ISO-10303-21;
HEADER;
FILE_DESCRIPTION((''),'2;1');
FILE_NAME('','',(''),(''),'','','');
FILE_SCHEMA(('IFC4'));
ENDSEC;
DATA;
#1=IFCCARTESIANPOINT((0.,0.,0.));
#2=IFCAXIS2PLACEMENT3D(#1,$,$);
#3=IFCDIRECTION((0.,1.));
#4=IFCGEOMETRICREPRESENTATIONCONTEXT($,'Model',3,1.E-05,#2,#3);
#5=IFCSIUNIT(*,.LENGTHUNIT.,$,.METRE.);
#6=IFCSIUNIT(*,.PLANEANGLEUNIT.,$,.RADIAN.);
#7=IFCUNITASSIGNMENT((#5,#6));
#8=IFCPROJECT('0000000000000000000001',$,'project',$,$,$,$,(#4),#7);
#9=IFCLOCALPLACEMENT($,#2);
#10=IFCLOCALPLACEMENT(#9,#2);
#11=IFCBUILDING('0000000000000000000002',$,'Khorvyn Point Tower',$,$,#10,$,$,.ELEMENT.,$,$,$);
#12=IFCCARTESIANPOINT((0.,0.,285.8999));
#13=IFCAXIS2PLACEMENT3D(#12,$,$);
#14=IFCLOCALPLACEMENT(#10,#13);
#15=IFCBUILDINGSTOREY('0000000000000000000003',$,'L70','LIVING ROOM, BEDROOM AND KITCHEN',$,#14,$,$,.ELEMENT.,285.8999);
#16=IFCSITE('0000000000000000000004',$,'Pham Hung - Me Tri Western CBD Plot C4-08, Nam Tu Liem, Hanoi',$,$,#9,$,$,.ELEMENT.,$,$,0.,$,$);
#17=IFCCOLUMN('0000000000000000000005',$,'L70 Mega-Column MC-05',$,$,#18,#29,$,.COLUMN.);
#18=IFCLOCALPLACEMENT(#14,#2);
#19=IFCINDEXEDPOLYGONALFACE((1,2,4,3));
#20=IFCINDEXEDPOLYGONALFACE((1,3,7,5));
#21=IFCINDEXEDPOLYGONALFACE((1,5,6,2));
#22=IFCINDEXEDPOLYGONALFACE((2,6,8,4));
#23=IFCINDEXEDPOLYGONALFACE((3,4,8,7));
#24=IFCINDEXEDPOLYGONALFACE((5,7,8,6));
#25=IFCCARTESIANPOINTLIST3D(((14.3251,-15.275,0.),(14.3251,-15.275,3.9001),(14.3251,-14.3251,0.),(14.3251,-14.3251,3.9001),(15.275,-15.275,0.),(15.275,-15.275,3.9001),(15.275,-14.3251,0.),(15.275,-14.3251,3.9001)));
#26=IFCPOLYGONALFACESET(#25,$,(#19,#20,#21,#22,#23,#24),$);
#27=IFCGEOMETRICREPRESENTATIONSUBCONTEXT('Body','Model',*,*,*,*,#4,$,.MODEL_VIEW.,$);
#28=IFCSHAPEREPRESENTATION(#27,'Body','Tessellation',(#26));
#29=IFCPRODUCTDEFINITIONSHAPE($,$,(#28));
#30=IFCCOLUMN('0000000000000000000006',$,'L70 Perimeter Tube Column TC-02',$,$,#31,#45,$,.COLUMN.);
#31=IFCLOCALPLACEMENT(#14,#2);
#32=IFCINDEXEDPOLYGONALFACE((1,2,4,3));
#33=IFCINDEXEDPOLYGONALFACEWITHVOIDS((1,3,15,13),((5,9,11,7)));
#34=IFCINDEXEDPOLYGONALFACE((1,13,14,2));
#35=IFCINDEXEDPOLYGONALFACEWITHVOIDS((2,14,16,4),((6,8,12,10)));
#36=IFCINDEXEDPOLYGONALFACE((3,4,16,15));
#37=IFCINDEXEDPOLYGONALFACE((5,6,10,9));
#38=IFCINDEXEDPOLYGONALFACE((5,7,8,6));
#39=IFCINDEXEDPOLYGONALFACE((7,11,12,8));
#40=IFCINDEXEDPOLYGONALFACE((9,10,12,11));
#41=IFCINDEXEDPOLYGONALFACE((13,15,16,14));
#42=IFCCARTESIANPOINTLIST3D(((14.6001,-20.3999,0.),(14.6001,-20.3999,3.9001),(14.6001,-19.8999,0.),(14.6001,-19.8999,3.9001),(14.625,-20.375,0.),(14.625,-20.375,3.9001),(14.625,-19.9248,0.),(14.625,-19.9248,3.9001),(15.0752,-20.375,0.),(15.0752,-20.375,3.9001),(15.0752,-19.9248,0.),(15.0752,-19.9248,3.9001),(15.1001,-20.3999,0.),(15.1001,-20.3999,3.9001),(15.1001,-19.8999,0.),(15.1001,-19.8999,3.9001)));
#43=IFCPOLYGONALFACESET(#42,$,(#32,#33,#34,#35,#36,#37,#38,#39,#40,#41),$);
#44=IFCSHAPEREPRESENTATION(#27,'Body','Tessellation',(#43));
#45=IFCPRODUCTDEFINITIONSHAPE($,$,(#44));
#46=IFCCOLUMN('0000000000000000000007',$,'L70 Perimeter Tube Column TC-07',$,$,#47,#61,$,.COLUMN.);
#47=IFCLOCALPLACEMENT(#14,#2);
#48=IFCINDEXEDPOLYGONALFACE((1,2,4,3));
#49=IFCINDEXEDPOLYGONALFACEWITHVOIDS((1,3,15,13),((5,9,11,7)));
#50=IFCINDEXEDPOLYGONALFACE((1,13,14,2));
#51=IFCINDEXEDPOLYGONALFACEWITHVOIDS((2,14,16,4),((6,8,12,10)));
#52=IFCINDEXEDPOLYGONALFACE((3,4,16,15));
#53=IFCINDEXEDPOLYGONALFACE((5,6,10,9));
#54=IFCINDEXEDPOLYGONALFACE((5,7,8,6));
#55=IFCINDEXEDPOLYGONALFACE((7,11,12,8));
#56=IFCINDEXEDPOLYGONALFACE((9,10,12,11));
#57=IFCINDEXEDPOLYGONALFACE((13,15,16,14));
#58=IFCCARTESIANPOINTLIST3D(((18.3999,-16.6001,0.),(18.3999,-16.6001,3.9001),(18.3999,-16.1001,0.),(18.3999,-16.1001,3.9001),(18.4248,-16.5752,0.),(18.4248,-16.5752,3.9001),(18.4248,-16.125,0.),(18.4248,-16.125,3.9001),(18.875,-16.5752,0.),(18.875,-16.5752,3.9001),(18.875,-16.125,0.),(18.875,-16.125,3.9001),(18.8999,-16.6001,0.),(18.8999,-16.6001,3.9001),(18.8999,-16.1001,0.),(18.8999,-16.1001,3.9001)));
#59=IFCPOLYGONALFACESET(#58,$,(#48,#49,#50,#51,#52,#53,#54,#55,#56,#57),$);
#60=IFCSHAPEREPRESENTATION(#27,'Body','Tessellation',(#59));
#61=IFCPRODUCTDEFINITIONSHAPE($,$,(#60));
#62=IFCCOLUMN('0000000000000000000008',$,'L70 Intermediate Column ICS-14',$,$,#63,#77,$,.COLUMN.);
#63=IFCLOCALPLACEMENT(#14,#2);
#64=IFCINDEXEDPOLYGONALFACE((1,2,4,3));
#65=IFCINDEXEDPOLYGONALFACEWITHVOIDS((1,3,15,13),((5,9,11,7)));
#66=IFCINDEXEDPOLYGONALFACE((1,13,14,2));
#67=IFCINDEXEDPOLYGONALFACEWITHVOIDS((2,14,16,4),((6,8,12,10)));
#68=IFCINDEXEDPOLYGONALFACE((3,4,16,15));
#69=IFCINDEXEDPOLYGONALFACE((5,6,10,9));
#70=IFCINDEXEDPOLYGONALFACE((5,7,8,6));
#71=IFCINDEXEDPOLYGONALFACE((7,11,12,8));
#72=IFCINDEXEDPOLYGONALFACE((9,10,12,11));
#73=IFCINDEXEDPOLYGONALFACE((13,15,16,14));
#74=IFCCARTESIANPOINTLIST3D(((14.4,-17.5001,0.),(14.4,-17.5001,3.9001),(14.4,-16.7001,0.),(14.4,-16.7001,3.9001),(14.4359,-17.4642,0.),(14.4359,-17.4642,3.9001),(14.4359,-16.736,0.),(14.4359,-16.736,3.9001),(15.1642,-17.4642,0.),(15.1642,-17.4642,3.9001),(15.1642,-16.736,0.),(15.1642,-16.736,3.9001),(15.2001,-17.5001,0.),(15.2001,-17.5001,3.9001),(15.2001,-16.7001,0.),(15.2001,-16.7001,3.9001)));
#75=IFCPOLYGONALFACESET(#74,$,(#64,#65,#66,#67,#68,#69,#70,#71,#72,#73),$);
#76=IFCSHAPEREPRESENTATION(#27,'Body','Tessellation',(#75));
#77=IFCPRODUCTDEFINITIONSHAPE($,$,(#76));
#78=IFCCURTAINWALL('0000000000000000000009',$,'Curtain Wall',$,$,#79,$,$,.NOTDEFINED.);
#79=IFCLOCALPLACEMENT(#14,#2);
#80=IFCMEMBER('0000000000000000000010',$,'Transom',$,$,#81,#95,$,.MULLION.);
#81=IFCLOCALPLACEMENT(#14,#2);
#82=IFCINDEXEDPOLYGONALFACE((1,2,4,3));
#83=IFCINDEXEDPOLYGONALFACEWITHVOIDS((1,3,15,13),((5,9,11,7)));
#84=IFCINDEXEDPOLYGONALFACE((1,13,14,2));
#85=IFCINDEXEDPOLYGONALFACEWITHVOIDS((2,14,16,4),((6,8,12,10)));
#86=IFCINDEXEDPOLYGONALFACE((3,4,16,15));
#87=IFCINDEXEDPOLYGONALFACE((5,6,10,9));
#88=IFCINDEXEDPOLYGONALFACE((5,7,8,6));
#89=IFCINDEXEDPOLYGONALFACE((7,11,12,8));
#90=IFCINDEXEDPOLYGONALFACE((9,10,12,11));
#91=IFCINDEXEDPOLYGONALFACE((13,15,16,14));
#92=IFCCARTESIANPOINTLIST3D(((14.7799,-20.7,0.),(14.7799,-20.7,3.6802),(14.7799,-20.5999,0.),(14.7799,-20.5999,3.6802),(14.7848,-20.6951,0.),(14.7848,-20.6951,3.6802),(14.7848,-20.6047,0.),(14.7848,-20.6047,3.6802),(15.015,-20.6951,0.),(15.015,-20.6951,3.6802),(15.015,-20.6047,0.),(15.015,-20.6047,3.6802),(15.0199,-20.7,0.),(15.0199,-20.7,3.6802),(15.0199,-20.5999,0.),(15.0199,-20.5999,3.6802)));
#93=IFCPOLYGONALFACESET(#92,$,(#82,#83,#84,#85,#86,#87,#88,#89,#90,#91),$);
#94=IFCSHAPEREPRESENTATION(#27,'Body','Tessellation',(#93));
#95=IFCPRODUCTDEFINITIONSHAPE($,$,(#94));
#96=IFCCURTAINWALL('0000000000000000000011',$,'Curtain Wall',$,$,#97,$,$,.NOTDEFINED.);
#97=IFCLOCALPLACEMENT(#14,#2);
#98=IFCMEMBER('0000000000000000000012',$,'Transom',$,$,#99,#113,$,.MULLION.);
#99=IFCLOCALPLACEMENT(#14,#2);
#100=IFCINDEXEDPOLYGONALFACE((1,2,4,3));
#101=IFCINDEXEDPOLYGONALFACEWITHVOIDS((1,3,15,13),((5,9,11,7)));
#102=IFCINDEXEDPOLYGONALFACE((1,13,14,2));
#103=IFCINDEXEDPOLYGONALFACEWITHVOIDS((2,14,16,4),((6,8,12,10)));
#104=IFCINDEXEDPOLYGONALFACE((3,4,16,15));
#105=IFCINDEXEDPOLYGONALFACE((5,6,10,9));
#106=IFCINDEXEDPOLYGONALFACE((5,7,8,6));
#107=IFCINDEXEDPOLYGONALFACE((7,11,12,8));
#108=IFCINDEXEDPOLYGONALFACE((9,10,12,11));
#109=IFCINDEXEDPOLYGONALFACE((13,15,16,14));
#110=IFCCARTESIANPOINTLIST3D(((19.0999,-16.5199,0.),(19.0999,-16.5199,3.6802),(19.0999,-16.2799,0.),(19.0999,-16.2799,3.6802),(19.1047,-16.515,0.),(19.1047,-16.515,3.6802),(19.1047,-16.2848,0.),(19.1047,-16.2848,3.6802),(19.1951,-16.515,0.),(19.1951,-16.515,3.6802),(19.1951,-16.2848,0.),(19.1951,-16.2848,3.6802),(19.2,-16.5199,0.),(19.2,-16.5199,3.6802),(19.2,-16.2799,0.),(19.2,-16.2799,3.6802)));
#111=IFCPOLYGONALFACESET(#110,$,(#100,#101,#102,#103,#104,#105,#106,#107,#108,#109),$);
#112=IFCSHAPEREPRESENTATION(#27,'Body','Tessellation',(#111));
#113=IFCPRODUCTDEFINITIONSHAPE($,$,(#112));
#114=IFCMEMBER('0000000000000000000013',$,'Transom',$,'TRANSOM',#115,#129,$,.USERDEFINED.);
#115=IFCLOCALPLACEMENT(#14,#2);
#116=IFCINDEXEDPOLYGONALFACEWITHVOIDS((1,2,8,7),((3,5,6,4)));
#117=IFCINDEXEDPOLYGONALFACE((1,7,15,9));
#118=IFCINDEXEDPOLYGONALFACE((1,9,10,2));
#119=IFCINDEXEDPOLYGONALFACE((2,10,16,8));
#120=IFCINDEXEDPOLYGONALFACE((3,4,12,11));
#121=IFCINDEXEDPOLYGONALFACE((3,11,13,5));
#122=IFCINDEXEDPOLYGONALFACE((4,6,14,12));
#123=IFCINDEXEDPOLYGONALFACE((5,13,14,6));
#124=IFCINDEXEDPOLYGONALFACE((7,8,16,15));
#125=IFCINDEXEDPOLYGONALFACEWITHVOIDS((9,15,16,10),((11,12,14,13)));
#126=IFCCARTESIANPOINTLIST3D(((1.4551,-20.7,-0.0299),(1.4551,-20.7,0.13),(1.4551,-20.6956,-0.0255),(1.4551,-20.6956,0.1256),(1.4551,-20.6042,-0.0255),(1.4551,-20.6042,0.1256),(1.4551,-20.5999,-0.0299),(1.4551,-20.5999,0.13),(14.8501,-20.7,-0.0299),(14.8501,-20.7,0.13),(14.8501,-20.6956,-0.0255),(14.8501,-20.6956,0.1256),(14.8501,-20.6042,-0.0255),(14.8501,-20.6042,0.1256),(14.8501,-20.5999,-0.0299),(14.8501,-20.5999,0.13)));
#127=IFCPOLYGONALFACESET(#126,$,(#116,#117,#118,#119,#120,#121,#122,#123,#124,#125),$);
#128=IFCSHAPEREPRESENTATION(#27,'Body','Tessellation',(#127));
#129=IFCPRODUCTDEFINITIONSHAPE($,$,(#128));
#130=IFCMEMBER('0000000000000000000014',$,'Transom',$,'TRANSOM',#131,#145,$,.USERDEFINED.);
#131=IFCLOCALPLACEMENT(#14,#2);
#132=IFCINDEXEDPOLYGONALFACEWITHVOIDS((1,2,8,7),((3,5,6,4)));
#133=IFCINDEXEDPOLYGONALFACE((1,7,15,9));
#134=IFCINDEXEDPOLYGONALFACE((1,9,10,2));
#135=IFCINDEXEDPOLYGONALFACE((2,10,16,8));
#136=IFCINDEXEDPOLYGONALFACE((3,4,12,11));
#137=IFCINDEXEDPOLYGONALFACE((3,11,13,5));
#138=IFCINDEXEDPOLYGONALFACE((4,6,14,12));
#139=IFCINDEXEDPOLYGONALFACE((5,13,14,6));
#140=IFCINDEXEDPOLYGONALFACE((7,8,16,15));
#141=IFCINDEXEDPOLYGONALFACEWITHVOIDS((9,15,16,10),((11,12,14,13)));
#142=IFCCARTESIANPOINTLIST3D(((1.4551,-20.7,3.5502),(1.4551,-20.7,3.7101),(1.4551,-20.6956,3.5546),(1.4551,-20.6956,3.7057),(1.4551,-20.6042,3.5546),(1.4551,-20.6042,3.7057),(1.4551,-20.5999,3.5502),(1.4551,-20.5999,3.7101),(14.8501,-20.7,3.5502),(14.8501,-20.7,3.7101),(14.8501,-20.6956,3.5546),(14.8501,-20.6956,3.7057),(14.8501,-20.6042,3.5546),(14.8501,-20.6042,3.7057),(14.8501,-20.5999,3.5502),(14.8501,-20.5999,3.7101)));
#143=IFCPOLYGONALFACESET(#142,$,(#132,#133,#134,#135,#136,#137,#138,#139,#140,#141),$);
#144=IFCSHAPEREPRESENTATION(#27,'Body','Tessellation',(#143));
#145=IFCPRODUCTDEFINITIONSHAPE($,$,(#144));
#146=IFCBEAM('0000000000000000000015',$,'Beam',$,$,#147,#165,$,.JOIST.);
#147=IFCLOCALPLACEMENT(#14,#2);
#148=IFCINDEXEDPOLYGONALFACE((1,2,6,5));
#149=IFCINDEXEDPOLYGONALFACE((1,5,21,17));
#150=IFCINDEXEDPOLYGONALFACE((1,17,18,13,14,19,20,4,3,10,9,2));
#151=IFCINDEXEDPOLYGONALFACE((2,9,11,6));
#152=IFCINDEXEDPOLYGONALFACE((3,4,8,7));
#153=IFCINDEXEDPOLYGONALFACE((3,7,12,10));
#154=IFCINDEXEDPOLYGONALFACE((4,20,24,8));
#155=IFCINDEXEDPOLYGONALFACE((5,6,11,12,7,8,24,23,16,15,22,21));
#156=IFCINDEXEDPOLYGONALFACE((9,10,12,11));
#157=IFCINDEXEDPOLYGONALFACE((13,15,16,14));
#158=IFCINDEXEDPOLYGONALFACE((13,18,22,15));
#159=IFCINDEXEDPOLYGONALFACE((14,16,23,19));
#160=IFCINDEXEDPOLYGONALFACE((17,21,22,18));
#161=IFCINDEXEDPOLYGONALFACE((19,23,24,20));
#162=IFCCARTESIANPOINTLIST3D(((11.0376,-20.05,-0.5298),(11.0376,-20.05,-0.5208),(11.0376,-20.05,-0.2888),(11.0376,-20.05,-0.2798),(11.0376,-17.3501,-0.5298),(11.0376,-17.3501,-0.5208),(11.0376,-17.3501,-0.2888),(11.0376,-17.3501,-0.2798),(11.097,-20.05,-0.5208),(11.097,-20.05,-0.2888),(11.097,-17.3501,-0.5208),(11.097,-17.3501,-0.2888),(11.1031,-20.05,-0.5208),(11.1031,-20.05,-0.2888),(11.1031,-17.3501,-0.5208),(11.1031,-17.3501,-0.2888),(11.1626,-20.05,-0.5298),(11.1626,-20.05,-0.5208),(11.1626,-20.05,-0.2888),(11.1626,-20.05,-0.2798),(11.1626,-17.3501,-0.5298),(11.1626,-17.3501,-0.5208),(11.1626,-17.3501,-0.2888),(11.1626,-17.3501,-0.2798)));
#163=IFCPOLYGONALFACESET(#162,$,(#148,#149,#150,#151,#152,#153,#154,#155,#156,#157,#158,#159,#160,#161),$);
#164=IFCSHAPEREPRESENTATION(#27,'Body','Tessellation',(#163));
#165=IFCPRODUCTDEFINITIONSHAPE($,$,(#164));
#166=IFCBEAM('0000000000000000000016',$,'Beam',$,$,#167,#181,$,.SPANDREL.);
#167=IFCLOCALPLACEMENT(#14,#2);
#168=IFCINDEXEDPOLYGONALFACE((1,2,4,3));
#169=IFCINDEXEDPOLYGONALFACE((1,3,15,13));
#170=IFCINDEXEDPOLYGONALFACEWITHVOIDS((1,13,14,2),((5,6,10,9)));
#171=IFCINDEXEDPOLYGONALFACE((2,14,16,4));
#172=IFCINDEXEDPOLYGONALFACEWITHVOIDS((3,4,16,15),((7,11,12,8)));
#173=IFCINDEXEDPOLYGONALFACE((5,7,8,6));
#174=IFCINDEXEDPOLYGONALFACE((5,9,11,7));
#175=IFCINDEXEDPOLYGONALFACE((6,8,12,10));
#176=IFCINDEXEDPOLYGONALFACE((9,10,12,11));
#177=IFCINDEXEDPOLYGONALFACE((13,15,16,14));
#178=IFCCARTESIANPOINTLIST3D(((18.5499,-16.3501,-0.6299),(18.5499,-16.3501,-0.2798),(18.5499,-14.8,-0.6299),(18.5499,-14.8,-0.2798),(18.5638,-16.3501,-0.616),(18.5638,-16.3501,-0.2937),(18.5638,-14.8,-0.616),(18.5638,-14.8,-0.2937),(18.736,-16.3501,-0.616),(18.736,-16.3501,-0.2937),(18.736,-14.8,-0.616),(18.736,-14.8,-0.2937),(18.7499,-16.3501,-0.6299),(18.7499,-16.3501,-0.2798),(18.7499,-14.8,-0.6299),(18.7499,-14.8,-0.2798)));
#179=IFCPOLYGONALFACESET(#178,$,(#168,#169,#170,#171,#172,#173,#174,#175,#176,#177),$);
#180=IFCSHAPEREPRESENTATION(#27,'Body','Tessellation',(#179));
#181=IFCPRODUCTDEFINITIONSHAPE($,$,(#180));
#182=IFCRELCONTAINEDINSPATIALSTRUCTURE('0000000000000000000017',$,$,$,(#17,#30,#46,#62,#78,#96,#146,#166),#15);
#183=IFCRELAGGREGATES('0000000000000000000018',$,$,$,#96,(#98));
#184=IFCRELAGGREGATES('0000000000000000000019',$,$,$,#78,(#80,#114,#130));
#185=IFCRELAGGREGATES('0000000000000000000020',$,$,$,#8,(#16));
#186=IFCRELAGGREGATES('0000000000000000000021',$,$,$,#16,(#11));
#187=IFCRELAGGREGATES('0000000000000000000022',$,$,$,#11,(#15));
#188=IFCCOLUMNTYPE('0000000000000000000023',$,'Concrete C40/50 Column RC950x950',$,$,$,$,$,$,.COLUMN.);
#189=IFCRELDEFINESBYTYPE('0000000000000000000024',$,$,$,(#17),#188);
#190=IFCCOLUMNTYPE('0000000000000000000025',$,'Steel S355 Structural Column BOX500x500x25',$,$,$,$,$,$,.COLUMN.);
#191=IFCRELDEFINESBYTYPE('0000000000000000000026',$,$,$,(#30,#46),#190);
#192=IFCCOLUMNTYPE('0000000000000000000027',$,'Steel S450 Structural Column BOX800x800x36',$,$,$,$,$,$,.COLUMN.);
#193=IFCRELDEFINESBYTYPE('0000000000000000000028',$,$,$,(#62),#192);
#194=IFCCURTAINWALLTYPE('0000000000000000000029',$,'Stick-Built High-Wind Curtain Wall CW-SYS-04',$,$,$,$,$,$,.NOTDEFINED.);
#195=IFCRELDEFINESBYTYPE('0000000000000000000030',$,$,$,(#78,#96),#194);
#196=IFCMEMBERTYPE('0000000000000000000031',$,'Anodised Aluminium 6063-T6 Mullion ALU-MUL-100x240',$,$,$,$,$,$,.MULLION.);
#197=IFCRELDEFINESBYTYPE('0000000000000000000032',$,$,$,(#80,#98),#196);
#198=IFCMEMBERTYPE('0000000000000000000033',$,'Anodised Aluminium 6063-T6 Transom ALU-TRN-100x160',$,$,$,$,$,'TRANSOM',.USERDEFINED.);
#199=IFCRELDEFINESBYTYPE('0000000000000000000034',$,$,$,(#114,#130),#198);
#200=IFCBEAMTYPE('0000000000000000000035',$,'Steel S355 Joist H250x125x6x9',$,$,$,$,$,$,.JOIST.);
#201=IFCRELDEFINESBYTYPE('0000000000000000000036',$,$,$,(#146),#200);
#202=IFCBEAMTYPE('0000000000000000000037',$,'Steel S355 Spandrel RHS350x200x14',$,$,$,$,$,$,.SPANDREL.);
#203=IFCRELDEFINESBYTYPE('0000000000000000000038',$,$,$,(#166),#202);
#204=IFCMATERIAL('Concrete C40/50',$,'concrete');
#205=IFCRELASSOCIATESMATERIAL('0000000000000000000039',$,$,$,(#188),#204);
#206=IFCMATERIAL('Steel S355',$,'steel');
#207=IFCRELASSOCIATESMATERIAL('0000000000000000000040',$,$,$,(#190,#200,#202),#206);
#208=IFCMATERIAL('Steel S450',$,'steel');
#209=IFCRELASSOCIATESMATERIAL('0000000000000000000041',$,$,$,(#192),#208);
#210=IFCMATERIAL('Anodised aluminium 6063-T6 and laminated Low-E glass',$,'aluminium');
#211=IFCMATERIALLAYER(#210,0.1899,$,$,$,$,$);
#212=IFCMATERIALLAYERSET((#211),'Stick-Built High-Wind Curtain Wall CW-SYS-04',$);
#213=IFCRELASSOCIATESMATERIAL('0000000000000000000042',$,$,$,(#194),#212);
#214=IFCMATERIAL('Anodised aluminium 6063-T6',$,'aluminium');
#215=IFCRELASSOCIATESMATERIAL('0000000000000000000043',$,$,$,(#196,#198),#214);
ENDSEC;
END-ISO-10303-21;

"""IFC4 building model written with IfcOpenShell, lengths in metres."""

from ifc_helpers import new_model, si_unit, direction, frame, origin, origin_2d, place, context, subcontext, project, spatial, rectangle, hollow_rectangle, i_section, extrude, material, layer, layer_set, material_profile, profile_set, type_object, element, aggregate, save


model = new_model("IFC4")

# Units and contexts
model_context = context("Model", 3, precision=1e-05, world=origin(), true_north=direction((0.0, 1.0)))
body_context = subcontext(model_context, "Body", "Model", "MODEL_VIEW")
ifc_project = project(units=[si_unit("LENGTHUNIT", "METRE"), si_unit("PLANEANGLEUNIT", "RADIAN")], contexts=[model_context])

# Site, building, storey
site_placement = place(None, origin())
site = spatial("IfcSite", under=ifc_project, at=site_placement, Name="Pham Hung - Me Tri Western CBD Plot C4-08, Nam Tu Liem, Hanoi", CompositionType="ELEMENT", RefElevation=0.0)
building_placement = place(site_placement, origin())
building = spatial("IfcBuilding", under=site, at=building_placement, Name="Khorvyn Point Tower", CompositionType="ELEMENT")
storey_placement = place(building_placement, frame((0.0, 0.0, 285.8999)))
storey = spatial("IfcBuildingStorey", under=building, at=storey_placement, Name="L70", Description="LIVING ROOM, BEDROOM AND KITCHEN", CompositionType="ELEMENT", Elevation=285.8999)

# Columns
ifc_material_1 = material(Name="Concrete C40/50", Category="concrete")
ifc_material_profile_1 = material_profile(ifc_material_1, rectangle(XDim=0.95, YDim=0.95, at=origin_2d()))
ifc_profile_set_1 = profile_set([ifc_material_profile_1], Name="Concrete C40/50 RC950x950")
column_type_1 = type_object("IfcColumnType", Name="Concrete C40/50 Column RC950x950", PredefinedType="COLUMN", material=ifc_profile_set_1)
column_1_placement = place(storey_placement, frame((14.8, -14.8, 0.0), z_axis=(0.0, 0.0, 1.0), x_axis=(1.0, 0.0, 0.0)))
element("IfcColumn", 1, at=column_1_placement, inside=storey, type_object=column_type_1, Name="L70 Mega-Column MC-05", PredefinedType="COLUMN", context=body_context, shape_type="SweptSolid", body=[
    extrude(rectangle(XDim=0.95, YDim=0.95, at=origin_2d()), origin(), (0.0, 0.0, 1.0), 3.9001),
])
ifc_material_2 = material(Name="Steel S355", Category="steel")
ifc_material_profile_2 = material_profile(ifc_material_2, hollow_rectangle(XDim=0.5, YDim=0.5, WallThickness=0.0249, at=origin_2d()))
ifc_profile_set_2 = profile_set([ifc_material_profile_2], Name="Steel S355 BOX500x500x25")
column_type_2 = type_object("IfcColumnType", Name="Steel S355 Structural Column BOX500x500x25", PredefinedType="COLUMN", material=ifc_profile_set_2)
for number, where, z_axis, x_axis, name in (
    (2, (14.8501, -20.1499, 0.0), (0.0, 0.0, 1.0), (1.0, 0.0, 0.0), "L70 Perimeter Tube Column TC-02"),
    (3, (18.6499, -16.3501, 0.0), (0.0, 0.0, 1.0), (1.0, 0.0, 0.0), "L70 Perimeter Tube Column TC-07"),
):
    element("IfcColumn", number, at=place(storey_placement, frame(where, z_axis=z_axis, x_axis=x_axis)), inside=storey, type_object=column_type_2, Name=name, PredefinedType="COLUMN", context=body_context, shape_type="SweptSolid", body=[
        extrude(hollow_rectangle(XDim=0.5, YDim=0.5, WallThickness=0.0249, at=origin_2d()), origin(), (0.0, 0.0, 1.0), 3.9001),
    ])
ifc_material_3 = material(Name="Steel S450", Category="steel")
ifc_material_profile_3 = material_profile(ifc_material_3, hollow_rectangle(XDim=0.8, YDim=0.8, WallThickness=0.0359, at=origin_2d()))
ifc_profile_set_3 = profile_set([ifc_material_profile_3], Name="Steel S450 BOX800x800x36")
column_type_3 = type_object("IfcColumnType", Name="Steel S450 Structural Column BOX800x800x36", PredefinedType="COLUMN", material=ifc_profile_set_3)
column_2_placement = place(storey_placement, frame((14.8, -17.1001, 0.0), z_axis=(0.0, 0.0, 1.0), x_axis=(1.0, 0.0, 0.0)))
element("IfcColumn", 4, at=column_2_placement, inside=storey, type_object=column_type_3, Name="L70 Intermediate Column ICS-14", PredefinedType="COLUMN", context=body_context, shape_type="SweptSolid", body=[
    extrude(hollow_rectangle(XDim=0.8, YDim=0.8, WallThickness=0.0359, at=origin_2d()), origin(), (0.0, 0.0, 1.0), 3.9001),
])

# Curtain walls, members
ifc_material_4 = material(Name="Anodised aluminium 6063-T6 and laminated Low-E glass", Category="aluminium")
ifc_layer_1 = layer(ifc_material_4, 0.1899)
ifc_layer_set_1 = layer_set([ifc_layer_1], Name="Stick-Built High-Wind Curtain Wall CW-SYS-04")
curtain_wall_type = type_object("IfcCurtainWallType", Name="Stick-Built High-Wind Curtain Wall CW-SYS-04", PredefinedType="NOTDEFINED", material=ifc_layer_set_1)
curtain_wall_1_placement = place(storey_placement, origin())
curtain_wall_1 = element("IfcCurtainWall", 5, at=curtain_wall_1_placement, inside=storey, type_object=curtain_wall_type, Name="Curtain Wall", PredefinedType="NOTDEFINED")
ifc_material_5 = material(Name="Anodised aluminium 6063-T6", Category="aluminium")
ifc_material_profile_4 = material_profile(ifc_material_5, hollow_rectangle(XDim=0.1001, YDim=0.24, WallThickness=0.0049, at=origin_2d()))
ifc_profile_set_4 = profile_set([ifc_material_profile_4], Name="Anodised aluminium 6063-T6 ALU-MUL-100x240")
member_type_1 = type_object("IfcMemberType", Name="Anodised Aluminium 6063-T6 Mullion ALU-MUL-100x240", PredefinedType="MULLION", material=ifc_profile_set_4)
member_1_placement = place(storey_placement, frame((14.8999, -20.6499, 0.0), z_axis=(0.0, 0.0, 1.0), x_axis=(0.0, -1.0, 0.0)))
member_1 = element("IfcMember", 6, at=member_1_placement, type_object=member_type_1, Name="Transom", PredefinedType="MULLION", context=body_context, shape_type="SweptSolid", body=[
    extrude(hollow_rectangle(XDim=0.1001, YDim=0.24, WallThickness=0.0049, at=origin_2d()), origin(), (0.0, 0.0, 1.0), 3.6802),
])
curtain_wall_2_placement = place(storey_placement, origin())
curtain_wall_2 = element("IfcCurtainWall", 7, at=curtain_wall_2_placement, inside=storey, type_object=curtain_wall_type, Name="Curtain Wall", PredefinedType="NOTDEFINED")
member_2_placement = place(storey_placement, frame((19.1499, -16.3999, 0.0), z_axis=(0.0, 0.0, 1.0), x_axis=(1.0, 0.0, 0.0)))
member_2 = element("IfcMember", 8, at=member_2_placement, type_object=member_type_1, Name="Transom", PredefinedType="MULLION", context=body_context, shape_type="SweptSolid", body=[
    extrude(hollow_rectangle(XDim=0.1001, YDim=0.24, WallThickness=0.0049, at=origin_2d()), origin(), (0.0, 0.0, 1.0), 3.6802),
])
aggregate(curtain_wall_2, [member_2])

# Members
ifc_material_profile_5 = material_profile(ifc_material_5, hollow_rectangle(XDim=0.1001, YDim=0.1599, WallThickness=0.0044, at=origin_2d()))
ifc_profile_set_5 = profile_set([ifc_material_profile_5], Name="Anodised aluminium 6063-T6 ALU-TRN-100x160")
member_type_2 = type_object("IfcMemberType", Name="Anodised Aluminium 6063-T6 Transom ALU-TRN-100x160", ElementType="TRANSOM", PredefinedType="USERDEFINED", material=ifc_profile_set_5)
member_3_placement = place(storey_placement, frame((14.8501, -20.6499, 0.05), z_axis=(-1.0, 0.0, 0.0), x_axis=(0.0, -1.0, 0.0)))
member_3 = element("IfcMember", 9, at=member_3_placement, type_object=member_type_2, Name="Transom", ObjectType="TRANSOM", PredefinedType="USERDEFINED", context=body_context, shape_type="SweptSolid", body=[
    extrude(hollow_rectangle(XDim=0.1001, YDim=0.1599, WallThickness=0.0044, at=origin_2d()), origin(), (0.0, 0.0, 1.0), 13.395),
])
member_4_placement = place(storey_placement, frame((14.8501, -20.6499, 3.6301), z_axis=(-1.0, 0.0, 0.0), x_axis=(0.0, -1.0, 0.0)))
member_4 = element("IfcMember", 10, at=member_4_placement, type_object=member_type_2, Name="Transom", ObjectType="TRANSOM", PredefinedType="USERDEFINED", context=body_context, shape_type="SweptSolid", body=[
    extrude(hollow_rectangle(XDim=0.1001, YDim=0.1599, WallThickness=0.0044, at=origin_2d()), origin(), (0.0, 0.0, 1.0), 13.395),
])

# Beams
ifc_material_profile_6 = material_profile(ifc_material_2, i_section(OverallWidth=0.125, OverallDepth=0.25, WebThickness=0.0061, FlangeThickness=0.009, at=origin_2d()))
ifc_profile_set_6 = profile_set([ifc_material_profile_6], Name="Steel S355 H250x125x6x9")
beam_type_1 = type_object("IfcBeamType", Name="Steel S355 Joist H250x125x6x9", PredefinedType="JOIST", material=ifc_profile_set_6)
beam_1_placement = place(storey_placement, frame((11.1001, -20.05, -0.4048), z_axis=(0.0, 1.0, 0.0), x_axis=(-1.0, 0.0, 0.0)))
element("IfcBeam", 11, at=beam_1_placement, inside=storey, type_object=beam_type_1, Name="Beam", PredefinedType="JOIST", context=body_context, shape_type="SweptSolid", body=[
    extrude(i_section(OverallWidth=0.125, OverallDepth=0.25, WebThickness=0.0061, FlangeThickness=0.009, at=origin_2d()), origin(), (0.0, 0.0, 1.0), 2.7),
])
ifc_material_profile_7 = material_profile(ifc_material_2, hollow_rectangle(XDim=0.2, YDim=0.3501, WallThickness=0.0139, at=origin_2d()))
ifc_profile_set_7 = profile_set([ifc_material_profile_7], Name="Steel S355 RHS350x200x14")
beam_type_2 = type_object("IfcBeamType", Name="Steel S355 Spandrel RHS350x200x14", PredefinedType="SPANDREL", material=ifc_profile_set_7)
beam_2_placement = place(storey_placement, frame((18.6499, -16.3501, -0.4548), z_axis=(0.0, 1.0, 0.0), x_axis=(-1.0, 0.0, 0.0)))
element("IfcBeam", 12, at=beam_2_placement, inside=storey, type_object=beam_type_2, Name="Beam", PredefinedType="SPANDREL", context=body_context, shape_type="SweptSolid", body=[
    extrude(hollow_rectangle(XDim=0.2, YDim=0.3501, WallThickness=0.0139, at=origin_2d()), origin(), (0.0, 0.0, 1.0), 1.55),
])

aggregate(curtain_wall_1, [member_1, member_3, member_4])

save(model, "model.ifc")
